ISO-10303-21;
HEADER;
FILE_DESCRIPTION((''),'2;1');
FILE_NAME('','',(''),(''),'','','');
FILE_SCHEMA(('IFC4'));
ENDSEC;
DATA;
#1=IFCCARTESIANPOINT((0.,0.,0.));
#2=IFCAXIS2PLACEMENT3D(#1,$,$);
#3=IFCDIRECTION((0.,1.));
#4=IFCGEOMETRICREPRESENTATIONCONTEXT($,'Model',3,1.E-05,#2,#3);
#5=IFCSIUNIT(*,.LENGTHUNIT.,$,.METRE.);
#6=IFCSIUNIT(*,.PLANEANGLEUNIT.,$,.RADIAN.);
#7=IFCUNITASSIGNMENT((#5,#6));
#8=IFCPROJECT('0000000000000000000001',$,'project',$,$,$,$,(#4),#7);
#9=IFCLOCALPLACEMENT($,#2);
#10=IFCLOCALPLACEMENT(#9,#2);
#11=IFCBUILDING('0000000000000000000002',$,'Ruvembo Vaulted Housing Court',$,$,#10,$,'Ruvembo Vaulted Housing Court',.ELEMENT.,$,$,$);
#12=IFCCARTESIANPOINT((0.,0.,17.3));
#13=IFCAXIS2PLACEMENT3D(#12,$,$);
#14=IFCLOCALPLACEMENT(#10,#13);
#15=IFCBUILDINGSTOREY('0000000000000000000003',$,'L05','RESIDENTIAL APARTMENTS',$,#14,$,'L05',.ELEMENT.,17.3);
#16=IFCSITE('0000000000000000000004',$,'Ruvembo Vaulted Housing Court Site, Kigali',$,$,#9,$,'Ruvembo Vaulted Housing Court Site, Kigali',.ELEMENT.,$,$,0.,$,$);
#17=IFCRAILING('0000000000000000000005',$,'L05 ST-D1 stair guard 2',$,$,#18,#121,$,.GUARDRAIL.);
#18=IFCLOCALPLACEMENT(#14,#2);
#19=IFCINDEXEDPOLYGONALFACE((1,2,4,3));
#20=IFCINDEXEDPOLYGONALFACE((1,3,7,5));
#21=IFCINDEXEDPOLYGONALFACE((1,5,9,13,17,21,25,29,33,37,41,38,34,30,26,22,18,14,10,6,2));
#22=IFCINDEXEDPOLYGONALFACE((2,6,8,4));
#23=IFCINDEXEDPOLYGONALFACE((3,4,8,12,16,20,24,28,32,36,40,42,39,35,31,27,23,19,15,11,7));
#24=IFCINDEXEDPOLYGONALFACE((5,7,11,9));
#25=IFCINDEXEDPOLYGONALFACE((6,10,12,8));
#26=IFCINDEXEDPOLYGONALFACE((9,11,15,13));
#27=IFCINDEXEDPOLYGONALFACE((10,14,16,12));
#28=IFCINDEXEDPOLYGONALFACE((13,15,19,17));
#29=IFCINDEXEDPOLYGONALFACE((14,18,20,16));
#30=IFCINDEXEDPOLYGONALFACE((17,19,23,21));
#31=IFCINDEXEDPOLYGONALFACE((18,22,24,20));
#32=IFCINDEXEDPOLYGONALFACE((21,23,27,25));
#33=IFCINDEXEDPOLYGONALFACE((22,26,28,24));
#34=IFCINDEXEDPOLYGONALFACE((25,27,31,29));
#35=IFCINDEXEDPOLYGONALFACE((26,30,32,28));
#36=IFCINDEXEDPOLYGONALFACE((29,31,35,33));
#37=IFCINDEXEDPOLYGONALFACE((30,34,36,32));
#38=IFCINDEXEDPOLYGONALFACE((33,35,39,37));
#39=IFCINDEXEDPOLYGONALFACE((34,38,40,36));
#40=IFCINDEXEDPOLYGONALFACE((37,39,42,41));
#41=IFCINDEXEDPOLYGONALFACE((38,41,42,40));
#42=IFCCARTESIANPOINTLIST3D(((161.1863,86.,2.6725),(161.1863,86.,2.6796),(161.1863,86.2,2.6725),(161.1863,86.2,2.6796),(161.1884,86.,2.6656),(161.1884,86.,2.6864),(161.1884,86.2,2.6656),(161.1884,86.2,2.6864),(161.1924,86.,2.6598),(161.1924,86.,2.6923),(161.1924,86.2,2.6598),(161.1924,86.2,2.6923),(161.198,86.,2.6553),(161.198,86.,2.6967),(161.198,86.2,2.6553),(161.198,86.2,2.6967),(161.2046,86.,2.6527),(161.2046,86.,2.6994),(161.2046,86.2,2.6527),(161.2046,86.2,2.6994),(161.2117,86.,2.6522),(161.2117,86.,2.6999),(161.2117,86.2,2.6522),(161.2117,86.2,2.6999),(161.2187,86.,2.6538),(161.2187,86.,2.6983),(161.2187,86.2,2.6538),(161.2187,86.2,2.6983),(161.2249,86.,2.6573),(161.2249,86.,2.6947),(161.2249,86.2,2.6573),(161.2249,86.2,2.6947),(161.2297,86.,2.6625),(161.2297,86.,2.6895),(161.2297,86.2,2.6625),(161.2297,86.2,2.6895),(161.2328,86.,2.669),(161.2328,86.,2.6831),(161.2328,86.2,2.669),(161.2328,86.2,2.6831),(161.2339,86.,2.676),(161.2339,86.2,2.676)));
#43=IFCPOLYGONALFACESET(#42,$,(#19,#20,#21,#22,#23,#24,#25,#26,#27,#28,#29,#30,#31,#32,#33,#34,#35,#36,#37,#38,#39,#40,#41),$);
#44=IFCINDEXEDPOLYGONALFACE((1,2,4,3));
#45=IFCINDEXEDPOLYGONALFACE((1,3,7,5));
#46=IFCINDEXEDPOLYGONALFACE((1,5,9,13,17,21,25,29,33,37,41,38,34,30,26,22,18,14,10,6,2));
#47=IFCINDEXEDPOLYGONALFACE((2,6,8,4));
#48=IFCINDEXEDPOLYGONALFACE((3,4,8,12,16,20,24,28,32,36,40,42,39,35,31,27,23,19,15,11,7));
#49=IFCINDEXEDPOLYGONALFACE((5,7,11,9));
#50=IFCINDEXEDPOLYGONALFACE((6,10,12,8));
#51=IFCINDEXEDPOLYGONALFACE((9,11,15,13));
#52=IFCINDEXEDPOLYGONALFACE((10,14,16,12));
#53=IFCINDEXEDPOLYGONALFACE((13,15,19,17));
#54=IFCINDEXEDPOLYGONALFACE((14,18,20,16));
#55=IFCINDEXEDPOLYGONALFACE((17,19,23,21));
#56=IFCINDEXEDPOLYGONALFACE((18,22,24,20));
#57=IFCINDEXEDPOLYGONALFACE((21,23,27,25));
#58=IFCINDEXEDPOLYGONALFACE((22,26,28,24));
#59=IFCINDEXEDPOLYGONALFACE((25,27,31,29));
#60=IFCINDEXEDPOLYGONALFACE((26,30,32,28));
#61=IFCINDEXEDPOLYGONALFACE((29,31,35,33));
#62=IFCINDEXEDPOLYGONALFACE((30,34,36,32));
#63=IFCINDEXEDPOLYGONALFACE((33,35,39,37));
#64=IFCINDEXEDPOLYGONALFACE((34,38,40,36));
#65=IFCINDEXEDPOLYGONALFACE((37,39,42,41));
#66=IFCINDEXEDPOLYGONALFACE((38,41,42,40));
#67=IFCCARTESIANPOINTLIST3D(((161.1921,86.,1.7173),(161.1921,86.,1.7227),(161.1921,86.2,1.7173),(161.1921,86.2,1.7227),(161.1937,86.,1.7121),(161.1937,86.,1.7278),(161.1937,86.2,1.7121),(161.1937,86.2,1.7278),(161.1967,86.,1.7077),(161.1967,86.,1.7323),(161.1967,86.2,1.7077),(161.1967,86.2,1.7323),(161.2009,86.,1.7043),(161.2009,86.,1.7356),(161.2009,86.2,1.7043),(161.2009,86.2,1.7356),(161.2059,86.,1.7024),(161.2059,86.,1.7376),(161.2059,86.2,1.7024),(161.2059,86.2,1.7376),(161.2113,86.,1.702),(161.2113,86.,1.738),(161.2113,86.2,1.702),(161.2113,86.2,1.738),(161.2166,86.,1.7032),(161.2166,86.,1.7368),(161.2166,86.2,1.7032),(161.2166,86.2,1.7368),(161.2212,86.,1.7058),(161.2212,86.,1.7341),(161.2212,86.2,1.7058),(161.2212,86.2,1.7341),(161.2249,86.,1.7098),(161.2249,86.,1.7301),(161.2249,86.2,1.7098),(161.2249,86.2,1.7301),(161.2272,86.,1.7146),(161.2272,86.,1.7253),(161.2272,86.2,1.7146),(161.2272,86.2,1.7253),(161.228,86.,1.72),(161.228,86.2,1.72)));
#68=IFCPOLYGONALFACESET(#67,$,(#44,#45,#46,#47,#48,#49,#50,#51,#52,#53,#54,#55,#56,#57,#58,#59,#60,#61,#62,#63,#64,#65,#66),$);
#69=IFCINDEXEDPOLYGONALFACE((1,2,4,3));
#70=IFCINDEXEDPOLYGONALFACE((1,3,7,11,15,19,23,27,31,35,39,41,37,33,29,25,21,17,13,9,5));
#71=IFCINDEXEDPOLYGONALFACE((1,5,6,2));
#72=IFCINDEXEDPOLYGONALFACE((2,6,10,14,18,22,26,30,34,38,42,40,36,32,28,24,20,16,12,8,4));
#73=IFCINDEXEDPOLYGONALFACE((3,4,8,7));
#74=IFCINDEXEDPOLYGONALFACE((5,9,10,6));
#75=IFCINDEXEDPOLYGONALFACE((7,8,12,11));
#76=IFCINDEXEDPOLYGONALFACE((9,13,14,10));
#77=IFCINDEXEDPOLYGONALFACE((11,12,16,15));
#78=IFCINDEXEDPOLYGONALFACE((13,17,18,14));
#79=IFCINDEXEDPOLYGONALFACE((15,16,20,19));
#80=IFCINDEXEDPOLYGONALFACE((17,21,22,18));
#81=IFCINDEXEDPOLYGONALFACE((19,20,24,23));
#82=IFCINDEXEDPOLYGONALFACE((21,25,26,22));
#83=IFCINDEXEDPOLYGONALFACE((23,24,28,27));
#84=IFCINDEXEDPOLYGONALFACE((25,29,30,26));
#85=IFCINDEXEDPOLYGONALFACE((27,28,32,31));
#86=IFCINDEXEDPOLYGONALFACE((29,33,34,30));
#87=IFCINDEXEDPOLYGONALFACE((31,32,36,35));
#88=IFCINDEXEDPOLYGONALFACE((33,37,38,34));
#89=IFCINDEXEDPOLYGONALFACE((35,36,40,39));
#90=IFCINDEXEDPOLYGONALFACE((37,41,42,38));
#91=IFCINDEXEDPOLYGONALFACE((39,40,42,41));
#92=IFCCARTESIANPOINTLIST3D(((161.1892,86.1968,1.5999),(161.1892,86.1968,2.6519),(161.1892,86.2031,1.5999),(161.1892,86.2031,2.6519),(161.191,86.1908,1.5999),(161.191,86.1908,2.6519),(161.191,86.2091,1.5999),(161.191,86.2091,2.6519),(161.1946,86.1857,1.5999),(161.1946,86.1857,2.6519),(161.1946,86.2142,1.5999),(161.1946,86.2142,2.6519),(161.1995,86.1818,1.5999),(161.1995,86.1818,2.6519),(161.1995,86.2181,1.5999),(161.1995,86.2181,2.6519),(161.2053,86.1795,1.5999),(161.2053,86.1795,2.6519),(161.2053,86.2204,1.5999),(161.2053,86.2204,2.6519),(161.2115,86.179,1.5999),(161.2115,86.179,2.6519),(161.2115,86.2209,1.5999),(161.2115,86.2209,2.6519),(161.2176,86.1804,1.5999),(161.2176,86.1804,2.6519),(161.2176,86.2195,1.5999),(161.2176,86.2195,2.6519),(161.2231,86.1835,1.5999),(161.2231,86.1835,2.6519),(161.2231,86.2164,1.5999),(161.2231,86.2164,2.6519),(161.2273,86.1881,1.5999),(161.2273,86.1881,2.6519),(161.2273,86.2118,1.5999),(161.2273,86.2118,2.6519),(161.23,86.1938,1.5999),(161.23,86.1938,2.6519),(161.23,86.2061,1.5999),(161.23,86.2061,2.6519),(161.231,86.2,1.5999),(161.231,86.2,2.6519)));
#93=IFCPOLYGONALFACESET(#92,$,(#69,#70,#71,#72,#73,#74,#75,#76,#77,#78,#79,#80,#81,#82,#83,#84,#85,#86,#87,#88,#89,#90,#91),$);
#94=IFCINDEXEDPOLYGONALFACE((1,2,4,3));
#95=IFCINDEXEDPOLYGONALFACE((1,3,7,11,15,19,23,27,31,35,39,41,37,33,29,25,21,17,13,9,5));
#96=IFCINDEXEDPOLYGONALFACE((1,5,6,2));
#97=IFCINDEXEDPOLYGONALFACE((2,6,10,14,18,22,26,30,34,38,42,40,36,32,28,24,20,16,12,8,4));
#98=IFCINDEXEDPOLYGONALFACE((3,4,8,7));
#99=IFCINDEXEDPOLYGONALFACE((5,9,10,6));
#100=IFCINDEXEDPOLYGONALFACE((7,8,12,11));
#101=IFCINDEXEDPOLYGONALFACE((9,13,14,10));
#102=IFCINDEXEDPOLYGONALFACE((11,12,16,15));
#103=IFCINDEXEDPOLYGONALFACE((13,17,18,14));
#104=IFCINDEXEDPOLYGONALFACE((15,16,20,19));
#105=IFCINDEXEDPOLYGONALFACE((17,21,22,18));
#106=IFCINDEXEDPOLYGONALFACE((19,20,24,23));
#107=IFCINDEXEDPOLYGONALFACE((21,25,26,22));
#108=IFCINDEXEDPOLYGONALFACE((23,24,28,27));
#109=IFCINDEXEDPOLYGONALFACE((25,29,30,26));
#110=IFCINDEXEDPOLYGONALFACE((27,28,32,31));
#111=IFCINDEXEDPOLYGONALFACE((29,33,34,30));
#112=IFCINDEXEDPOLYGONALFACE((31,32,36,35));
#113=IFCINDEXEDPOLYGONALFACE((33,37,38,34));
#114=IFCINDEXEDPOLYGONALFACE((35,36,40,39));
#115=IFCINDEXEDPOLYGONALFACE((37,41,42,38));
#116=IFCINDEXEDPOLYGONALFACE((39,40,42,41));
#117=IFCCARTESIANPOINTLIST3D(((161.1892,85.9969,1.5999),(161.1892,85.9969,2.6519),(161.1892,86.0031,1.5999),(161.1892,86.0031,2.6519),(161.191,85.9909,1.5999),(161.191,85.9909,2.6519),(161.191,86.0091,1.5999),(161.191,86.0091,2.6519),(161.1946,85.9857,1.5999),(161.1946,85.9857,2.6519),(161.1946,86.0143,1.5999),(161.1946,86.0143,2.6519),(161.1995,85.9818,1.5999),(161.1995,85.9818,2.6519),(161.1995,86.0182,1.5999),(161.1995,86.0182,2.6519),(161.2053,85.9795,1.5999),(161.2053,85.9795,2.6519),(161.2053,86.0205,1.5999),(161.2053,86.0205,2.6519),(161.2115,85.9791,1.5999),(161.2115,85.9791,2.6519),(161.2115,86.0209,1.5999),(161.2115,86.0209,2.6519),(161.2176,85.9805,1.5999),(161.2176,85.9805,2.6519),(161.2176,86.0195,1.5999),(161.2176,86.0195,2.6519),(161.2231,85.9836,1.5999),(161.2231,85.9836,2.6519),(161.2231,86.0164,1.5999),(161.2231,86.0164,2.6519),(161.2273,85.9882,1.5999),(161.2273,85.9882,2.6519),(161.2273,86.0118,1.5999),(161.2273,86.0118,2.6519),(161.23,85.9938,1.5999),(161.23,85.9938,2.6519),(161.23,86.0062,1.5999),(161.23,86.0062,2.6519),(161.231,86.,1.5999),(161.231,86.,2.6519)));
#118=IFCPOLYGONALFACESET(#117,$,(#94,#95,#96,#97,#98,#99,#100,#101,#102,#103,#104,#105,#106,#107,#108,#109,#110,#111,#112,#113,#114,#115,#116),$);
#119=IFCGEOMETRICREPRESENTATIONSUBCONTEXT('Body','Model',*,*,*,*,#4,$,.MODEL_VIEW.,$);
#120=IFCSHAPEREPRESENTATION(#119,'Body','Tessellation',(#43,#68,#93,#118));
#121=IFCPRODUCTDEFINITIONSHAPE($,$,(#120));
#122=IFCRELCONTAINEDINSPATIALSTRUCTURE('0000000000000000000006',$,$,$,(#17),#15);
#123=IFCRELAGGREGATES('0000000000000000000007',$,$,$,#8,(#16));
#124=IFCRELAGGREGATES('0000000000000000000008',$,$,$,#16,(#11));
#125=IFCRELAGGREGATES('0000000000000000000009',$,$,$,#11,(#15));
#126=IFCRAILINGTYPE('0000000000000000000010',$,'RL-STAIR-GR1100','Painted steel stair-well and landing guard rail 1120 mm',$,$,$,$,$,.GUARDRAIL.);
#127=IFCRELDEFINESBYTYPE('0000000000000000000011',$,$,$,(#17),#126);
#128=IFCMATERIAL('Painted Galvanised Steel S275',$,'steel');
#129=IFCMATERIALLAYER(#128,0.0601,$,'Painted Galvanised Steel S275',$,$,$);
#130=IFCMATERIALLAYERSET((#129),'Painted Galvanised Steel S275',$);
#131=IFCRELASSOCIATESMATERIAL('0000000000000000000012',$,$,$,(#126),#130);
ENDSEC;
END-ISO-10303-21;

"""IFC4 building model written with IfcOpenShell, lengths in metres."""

from ifc_helpers import new_model, si_unit, direction, frame, origin, origin_2d, place, context, subcontext, project, spatial, circle, extrude, material, layer, layer_set, type_object, element, save


model = new_model("IFC4")

# Units and contexts
model_context = context("Model", 3, precision=1e-05, world=origin(), true_north=direction((0.0, 1.0)))
body_context = subcontext(model_context, "Body", "Model", "MODEL_VIEW")
ifc_project = project(units=[si_unit("LENGTHUNIT", "METRE"), si_unit("PLANEANGLEUNIT", "RADIAN")], contexts=[model_context])

# Site, building, storey
site_placement = place(None, origin())
site = spatial("IfcSite", under=ifc_project, at=site_placement, Name="Ruvembo Vaulted Housing Court Site, Kigali", LongName="Ruvembo Vaulted Housing Court Site, Kigali", CompositionType="ELEMENT", RefElevation=0.0)
building_placement = place(site_placement, origin())
building = spatial("IfcBuilding", under=site, at=building_placement, Name="Ruvembo Vaulted Housing Court", LongName="Ruvembo Vaulted Housing Court", CompositionType="ELEMENT")
storey_placement = place(building_placement, frame((0.0, 0.0, 17.3)))
storey = spatial("IfcBuildingStorey", under=building, at=storey_placement, Name="L05", Description="RESIDENTIAL APARTMENTS", LongName="L05", CompositionType="ELEMENT", Elevation=17.3)

# Railing
ifc_material_1 = material(Name="Painted Galvanised Steel S275", Category="steel")
ifc_layer_1 = layer(ifc_material_1, 0.0601, Name="Painted Galvanised Steel S275")
ifc_layer_set_1 = layer_set([ifc_layer_1], Name="Painted Galvanised Steel S275")
railing_type_1 = type_object("IfcRailingType", Name="RL-STAIR-GR1100", Description="Painted steel stair-well and landing guard rail 1120 mm", PredefinedType="GUARDRAIL", material=ifc_layer_set_1)
railing_1_placement = place(storey_placement, frame((161.21, 86.2, 1.5999)))
element("IfcRailing", 1, at=railing_1_placement, inside=storey, type_object=railing_type_1, Name="L05 ST-D1 stair guard 2", PredefinedType="GUARDRAIL", context=body_context, shape_type="SweptSolid", body=[
    extrude(circle(Radius=0.0239, at=origin_2d()), frame((0.0, 0.0, 1.0762), z_axis=(0.0, -1.0, 0.0), x_axis=(1.0, 0.0, 0.0)), (0.0, 0.0, 1.0), 0.2),
    extrude(circle(Radius=0.0181, at=origin_2d()), frame((0.0, 0.0, 0.1201), z_axis=(0.0, -1.0, 0.0), x_axis=(1.0, 0.0, 0.0)), (0.0, 0.0, 1.0), 0.2),
    extrude(circle(Radius=0.021, at=origin_2d()), origin(), (0.0, 0.0, 1.0), 1.052),
    extrude(circle(Radius=0.021, at=origin_2d()), frame((0.0, -0.2, 0.0)), (0.0, 0.0, 1.0), 1.052),
])

save(model, "model.ifc")
